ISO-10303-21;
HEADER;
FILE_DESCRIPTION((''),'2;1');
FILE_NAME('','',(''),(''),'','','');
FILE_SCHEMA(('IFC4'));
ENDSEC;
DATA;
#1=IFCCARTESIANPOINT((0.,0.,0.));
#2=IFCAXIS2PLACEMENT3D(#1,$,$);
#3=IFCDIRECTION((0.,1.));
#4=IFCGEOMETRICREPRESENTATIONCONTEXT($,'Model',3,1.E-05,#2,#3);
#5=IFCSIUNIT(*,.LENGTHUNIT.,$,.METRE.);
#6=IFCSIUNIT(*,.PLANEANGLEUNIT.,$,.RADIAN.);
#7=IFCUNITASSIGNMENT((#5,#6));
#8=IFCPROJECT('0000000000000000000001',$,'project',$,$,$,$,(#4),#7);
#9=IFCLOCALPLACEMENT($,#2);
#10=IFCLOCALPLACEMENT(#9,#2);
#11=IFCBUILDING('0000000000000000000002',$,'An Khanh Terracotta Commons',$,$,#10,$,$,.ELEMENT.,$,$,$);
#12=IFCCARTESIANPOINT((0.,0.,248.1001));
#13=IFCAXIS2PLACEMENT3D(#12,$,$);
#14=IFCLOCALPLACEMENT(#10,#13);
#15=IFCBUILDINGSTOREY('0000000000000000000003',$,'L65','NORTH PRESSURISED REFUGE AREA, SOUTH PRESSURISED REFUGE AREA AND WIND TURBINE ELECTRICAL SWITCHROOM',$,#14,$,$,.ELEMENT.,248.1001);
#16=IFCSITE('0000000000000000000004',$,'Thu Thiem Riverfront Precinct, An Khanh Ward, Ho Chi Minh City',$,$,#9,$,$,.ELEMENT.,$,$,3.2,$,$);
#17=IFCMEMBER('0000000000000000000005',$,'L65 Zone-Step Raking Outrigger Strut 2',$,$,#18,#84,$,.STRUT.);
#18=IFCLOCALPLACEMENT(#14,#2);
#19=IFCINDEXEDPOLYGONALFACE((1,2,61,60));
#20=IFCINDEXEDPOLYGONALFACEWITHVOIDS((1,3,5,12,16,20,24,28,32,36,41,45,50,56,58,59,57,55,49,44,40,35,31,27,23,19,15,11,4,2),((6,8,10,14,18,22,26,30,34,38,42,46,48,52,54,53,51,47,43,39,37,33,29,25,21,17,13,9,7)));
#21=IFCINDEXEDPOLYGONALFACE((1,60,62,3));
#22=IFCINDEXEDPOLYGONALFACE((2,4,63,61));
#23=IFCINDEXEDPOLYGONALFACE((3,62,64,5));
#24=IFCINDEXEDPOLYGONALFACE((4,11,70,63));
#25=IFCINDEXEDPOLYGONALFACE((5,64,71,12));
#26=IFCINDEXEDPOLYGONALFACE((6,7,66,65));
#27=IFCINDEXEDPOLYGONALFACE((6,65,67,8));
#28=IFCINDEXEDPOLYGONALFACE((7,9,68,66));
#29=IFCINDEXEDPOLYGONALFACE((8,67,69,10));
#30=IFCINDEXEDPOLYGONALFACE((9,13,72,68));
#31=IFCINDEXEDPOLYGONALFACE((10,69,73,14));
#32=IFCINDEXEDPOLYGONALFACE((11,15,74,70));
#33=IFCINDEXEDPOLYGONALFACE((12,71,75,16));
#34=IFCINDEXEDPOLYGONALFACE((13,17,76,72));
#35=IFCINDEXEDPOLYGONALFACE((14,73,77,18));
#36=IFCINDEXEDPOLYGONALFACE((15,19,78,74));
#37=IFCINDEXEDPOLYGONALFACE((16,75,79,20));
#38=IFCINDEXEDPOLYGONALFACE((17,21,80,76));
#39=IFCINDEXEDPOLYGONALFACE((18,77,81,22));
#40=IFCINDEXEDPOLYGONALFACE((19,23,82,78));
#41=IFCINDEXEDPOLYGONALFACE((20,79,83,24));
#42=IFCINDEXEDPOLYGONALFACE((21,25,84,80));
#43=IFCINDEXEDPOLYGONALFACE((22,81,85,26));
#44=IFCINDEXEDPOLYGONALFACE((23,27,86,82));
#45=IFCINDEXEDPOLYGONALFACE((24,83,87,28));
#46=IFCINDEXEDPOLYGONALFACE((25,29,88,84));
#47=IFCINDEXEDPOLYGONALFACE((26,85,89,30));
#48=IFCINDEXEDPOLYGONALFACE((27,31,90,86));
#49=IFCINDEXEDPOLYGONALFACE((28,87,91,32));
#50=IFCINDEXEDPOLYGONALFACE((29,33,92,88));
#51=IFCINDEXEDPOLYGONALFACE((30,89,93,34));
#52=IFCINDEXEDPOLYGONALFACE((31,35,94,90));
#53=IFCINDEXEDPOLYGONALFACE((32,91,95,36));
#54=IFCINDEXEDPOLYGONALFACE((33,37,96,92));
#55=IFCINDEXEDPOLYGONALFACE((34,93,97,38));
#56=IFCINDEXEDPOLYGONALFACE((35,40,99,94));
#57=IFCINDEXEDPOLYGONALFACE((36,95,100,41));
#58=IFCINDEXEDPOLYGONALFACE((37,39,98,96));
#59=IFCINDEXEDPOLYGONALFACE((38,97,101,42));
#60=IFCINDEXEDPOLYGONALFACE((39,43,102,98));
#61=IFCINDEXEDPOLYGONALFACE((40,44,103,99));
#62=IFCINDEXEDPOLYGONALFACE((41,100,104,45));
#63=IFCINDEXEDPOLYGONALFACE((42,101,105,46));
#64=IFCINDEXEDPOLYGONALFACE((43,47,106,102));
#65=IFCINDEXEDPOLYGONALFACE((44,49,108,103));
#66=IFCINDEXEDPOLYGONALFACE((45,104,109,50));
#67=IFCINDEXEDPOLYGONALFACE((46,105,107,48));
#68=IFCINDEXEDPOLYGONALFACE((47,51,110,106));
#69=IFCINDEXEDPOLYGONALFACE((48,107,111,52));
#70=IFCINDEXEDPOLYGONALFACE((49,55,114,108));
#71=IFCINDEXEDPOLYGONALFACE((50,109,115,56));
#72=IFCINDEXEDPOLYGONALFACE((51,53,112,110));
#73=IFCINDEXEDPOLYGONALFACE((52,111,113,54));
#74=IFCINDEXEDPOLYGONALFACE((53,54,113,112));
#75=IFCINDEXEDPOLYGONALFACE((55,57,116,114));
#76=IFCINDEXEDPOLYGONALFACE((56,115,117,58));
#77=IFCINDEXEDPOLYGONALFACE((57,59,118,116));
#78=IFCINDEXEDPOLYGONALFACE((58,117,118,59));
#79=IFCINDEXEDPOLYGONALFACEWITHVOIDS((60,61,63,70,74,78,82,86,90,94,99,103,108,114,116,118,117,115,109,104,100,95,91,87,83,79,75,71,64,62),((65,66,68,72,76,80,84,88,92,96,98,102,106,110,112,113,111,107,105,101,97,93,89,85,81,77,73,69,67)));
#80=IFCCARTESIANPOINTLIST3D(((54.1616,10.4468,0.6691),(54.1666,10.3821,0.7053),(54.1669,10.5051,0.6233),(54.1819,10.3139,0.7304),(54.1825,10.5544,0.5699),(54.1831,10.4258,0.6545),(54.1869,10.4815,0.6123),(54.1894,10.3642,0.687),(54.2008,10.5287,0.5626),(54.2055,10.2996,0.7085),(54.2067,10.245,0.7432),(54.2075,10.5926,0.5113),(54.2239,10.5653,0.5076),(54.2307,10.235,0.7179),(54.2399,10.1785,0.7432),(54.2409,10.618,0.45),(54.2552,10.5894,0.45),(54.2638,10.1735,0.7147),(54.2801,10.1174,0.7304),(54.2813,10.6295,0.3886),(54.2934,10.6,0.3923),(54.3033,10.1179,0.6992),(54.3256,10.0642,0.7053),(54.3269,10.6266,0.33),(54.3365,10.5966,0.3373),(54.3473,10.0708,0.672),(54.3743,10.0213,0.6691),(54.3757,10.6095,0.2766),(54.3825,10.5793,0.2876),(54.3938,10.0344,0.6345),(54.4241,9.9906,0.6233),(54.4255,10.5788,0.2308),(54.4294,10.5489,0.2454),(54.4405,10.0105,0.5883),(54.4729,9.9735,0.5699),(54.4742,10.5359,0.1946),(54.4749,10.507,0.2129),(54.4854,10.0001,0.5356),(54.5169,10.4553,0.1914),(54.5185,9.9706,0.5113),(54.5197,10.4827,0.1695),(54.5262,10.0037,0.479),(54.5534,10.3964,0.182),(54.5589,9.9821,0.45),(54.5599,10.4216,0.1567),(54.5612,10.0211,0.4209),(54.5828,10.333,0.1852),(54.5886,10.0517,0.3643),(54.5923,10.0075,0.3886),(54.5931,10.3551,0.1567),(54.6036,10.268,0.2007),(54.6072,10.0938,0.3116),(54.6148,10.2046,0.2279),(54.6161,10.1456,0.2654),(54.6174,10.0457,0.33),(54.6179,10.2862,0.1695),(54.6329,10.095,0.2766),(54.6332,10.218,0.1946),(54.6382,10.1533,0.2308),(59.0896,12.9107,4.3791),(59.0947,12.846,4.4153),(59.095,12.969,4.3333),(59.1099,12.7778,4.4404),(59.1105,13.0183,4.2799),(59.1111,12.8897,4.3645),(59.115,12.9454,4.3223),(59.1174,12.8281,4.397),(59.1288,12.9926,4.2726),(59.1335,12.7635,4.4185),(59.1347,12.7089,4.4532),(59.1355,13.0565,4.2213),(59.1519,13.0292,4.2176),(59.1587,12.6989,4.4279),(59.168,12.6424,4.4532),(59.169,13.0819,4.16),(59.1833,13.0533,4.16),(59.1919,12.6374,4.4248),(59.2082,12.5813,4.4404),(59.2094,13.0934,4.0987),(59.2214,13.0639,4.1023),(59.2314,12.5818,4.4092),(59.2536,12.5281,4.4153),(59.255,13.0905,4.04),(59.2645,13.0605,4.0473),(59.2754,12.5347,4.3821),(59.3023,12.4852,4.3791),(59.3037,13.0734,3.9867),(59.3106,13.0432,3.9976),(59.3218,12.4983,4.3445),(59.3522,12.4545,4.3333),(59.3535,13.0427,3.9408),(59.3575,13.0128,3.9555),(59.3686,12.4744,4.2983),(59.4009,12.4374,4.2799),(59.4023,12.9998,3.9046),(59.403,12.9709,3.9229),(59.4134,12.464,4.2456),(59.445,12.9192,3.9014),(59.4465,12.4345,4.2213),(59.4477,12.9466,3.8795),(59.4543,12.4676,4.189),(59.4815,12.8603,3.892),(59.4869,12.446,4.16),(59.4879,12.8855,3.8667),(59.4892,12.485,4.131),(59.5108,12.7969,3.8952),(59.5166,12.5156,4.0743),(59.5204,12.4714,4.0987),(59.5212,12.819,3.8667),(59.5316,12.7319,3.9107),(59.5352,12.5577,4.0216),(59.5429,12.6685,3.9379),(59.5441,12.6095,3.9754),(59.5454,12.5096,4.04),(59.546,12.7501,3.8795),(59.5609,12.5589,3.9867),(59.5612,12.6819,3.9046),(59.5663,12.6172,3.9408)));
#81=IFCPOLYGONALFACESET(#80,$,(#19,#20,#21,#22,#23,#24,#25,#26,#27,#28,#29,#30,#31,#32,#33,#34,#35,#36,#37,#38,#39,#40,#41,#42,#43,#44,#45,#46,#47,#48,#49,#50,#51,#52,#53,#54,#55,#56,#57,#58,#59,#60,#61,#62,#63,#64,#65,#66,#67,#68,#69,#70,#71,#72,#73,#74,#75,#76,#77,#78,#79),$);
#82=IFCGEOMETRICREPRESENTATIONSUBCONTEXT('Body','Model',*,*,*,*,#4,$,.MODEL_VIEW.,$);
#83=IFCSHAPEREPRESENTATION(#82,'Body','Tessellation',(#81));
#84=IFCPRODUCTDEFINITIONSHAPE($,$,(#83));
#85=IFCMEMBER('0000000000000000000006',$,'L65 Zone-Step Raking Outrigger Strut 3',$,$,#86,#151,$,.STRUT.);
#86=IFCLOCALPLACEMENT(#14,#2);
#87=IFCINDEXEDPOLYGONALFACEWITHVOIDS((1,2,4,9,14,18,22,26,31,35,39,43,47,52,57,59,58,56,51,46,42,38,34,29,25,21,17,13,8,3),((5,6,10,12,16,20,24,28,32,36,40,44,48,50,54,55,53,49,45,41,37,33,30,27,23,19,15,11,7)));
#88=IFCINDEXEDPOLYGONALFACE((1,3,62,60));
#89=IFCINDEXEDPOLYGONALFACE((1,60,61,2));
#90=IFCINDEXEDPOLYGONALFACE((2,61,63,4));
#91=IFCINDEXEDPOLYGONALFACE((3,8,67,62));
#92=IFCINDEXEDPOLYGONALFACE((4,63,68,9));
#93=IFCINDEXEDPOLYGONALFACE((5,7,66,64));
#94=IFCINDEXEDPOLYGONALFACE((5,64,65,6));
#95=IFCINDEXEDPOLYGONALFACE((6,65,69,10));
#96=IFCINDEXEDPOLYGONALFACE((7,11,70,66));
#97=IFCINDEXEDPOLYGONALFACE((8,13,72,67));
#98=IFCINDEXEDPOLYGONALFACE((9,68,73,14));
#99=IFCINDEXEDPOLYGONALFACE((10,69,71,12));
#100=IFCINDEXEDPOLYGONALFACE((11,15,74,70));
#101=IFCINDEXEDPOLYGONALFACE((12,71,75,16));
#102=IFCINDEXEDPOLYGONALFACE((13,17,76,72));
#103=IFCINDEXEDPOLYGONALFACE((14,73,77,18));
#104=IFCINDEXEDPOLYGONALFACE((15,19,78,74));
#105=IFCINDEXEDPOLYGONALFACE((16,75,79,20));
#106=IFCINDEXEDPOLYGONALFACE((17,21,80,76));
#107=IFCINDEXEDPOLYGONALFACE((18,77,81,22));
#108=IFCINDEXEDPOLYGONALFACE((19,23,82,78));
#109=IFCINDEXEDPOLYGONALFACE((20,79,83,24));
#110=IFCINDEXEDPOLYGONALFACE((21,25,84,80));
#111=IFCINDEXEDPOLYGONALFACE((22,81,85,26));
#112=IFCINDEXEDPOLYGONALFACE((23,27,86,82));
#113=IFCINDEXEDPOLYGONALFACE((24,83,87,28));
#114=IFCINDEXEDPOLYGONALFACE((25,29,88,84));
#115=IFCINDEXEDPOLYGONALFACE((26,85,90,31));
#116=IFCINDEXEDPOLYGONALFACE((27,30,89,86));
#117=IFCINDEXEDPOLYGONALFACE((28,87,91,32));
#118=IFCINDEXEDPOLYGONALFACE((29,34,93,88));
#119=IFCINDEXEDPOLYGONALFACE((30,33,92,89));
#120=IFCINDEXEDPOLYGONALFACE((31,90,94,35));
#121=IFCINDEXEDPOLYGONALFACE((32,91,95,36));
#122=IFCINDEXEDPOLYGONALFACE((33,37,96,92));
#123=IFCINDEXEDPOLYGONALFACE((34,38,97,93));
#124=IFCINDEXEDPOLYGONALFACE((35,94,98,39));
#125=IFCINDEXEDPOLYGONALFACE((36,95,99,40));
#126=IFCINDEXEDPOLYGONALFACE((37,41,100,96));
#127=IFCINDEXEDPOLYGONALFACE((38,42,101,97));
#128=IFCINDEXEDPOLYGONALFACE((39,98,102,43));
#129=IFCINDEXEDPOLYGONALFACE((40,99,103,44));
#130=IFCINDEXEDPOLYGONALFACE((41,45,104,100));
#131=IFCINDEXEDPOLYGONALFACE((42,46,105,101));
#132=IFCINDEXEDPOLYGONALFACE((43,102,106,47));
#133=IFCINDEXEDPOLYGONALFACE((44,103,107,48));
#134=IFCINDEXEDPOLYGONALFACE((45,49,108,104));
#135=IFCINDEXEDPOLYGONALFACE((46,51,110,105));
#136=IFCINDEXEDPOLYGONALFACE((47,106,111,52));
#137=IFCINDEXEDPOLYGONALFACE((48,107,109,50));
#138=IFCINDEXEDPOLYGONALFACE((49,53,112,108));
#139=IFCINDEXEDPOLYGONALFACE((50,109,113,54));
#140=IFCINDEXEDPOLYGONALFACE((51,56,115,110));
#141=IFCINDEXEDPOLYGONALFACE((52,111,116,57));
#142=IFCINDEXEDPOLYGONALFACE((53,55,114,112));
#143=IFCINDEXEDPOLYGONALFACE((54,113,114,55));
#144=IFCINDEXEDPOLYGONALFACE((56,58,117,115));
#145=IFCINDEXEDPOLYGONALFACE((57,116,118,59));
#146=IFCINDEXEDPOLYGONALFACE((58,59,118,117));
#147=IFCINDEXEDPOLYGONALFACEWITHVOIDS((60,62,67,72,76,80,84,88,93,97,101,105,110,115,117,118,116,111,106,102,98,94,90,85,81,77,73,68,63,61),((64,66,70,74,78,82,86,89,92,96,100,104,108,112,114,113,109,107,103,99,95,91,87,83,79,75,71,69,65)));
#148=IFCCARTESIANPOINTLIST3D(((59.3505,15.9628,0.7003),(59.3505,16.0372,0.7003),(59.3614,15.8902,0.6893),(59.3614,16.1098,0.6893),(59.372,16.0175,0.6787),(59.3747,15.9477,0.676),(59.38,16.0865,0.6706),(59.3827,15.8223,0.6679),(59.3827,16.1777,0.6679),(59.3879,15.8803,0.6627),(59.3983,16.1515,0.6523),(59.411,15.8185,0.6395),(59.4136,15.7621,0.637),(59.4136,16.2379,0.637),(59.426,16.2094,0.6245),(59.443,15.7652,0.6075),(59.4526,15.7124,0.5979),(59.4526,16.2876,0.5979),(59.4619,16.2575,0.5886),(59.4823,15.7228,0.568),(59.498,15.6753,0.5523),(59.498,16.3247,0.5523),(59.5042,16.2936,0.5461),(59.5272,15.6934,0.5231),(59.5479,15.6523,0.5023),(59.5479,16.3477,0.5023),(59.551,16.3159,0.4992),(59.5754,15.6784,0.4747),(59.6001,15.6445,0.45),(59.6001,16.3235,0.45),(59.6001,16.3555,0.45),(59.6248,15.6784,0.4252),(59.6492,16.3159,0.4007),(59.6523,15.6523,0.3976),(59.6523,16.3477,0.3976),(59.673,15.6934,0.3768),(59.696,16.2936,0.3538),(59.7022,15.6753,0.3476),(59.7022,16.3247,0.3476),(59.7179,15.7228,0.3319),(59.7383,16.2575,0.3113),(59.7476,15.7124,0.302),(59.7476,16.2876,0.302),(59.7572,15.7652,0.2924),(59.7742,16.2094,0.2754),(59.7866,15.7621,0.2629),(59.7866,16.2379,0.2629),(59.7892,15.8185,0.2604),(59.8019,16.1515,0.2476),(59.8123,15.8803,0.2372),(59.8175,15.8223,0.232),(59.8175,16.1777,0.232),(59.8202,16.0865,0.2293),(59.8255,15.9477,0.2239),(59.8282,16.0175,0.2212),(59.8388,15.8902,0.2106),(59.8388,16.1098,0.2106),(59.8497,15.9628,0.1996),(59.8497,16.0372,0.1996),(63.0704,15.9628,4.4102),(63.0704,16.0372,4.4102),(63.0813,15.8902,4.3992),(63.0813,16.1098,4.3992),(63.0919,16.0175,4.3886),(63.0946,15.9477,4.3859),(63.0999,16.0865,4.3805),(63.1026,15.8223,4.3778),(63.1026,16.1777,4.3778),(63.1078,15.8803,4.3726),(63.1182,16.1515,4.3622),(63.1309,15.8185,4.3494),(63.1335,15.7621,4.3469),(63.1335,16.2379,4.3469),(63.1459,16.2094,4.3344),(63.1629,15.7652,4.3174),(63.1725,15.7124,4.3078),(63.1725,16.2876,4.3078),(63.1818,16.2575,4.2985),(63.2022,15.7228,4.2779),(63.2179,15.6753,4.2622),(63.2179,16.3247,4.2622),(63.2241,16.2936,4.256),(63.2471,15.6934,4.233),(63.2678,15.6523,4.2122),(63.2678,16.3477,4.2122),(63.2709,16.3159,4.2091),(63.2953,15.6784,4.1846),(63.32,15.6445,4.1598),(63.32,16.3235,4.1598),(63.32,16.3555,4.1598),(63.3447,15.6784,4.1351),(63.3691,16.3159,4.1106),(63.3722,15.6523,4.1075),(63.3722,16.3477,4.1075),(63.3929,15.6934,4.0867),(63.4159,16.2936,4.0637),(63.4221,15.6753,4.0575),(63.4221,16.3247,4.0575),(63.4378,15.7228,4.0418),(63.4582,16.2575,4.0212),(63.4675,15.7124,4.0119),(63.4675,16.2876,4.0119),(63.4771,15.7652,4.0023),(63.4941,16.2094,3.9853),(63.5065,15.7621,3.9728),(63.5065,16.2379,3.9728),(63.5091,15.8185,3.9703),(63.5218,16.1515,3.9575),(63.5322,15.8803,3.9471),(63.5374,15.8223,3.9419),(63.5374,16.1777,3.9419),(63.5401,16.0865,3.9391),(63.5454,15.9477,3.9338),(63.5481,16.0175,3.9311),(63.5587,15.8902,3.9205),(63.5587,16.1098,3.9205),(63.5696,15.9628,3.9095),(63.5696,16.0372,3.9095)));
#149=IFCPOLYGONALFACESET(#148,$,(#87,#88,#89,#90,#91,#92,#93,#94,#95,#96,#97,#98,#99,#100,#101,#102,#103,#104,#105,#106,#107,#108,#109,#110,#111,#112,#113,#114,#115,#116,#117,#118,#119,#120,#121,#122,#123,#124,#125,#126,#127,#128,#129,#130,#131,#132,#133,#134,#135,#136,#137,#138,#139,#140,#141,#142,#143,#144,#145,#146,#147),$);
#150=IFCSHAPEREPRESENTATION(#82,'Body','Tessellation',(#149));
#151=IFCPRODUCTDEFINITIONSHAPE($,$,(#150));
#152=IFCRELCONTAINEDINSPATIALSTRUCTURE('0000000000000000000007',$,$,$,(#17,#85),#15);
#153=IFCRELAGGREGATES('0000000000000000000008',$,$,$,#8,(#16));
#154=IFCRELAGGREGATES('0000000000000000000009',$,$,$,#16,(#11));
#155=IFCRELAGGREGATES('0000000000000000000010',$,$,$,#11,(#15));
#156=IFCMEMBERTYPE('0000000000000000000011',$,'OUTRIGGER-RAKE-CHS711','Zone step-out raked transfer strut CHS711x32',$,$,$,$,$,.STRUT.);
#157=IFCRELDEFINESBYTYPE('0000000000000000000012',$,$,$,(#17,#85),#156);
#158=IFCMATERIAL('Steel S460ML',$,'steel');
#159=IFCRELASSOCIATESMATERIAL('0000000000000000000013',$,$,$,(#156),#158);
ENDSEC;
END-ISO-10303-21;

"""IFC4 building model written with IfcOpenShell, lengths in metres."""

from ifc_helpers import new_model, si_unit, direction, frame, origin, origin_2d, place, context, subcontext, project, spatial, hollow_circle, extrude, material, material_profile, profile_set, type_object, element, save


model = new_model("IFC4")

# Units and contexts
model_context = context("Model", 3, precision=1e-05, world=origin(), true_north=direction((0.0, 1.0)))
body_context = subcontext(model_context, "Body", "Model", "MODEL_VIEW")
ifc_project = project(units=[si_unit("LENGTHUNIT", "METRE"), si_unit("PLANEANGLEUNIT", "RADIAN")], contexts=[model_context])

# Site, building, storey
site_placement = place(None, origin())
site = spatial("IfcSite", under=ifc_project, at=site_placement, Name="Thu Thiem Riverfront Precinct, An Khanh Ward, Ho Chi Minh City", CompositionType="ELEMENT", RefElevation=3.2)
building_placement = place(site_placement, origin())
building = spatial("IfcBuilding", under=site, at=building_placement, Name="An Khanh Terracotta Commons", CompositionType="ELEMENT")
storey_placement = place(building_placement, frame((0.0, 0.0, 248.1001)))
storey = spatial("IfcBuildingStorey", under=building, at=storey_placement, Name="L65", Description="NORTH PRESSURISED REFUGE AREA, SOUTH PRESSURISED REFUGE AREA AND WIND TURBINE ELECTRICAL SWITCHROOM", CompositionType="ELEMENT", Elevation=248.1001)

# Shared definitions
ifc_material_1 = material(Name="Steel S460ML", Category="steel")

# Members
ifc_material_profile_1 = material_profile(ifc_material_1, hollow_circle(Radius=0.3555, WallThickness=0.032, at=origin_2d()), Name="CHS711x32")
ifc_profile_set_1 = profile_set([ifc_material_profile_1], Name="Steel S460ML")
member_type_1 = type_object("IfcMemberType", Name="OUTRIGGER-RAKE-CHS711", Description="Zone step-out raked transfer strut CHS711x32", PredefinedType="STRUT", material=ifc_profile_set_1)
member_1_placement = place(storey_placement, frame((54.3999, 10.3, 0.45), z_axis=(0.741915, 0.370939, 0.55854), x_axis=(-0.447196, 0.894436, 0.0)))
element("IfcMember", 1, at=member_1_placement, inside=storey, type_object=member_type_1, Name="L65 Zone-Step Raking Outrigger Strut 2", PredefinedType="STRUT", context=body_context, shape_type="SweptSolid", body=[
    extrude(hollow_circle(Radius=0.3555, WallThickness=0.032, at=origin_2d()), origin(), (0.0, 0.0, 1.0), 6.6423),
])
member_2_placement = place(storey_placement, frame((59.6001, 16.0, 0.45), z_axis=(0.708059, 0.0, 0.706154), x_axis=(0.0, 1.0, 0.0)))
element("IfcMember", 2, at=member_2_placement, inside=storey, type_object=member_type_1, Name="L65 Zone-Step Raking Outrigger Strut 3", PredefinedType="STRUT", context=body_context, shape_type="SweptSolid", body=[
    extrude(hollow_circle(Radius=0.3555, WallThickness=0.032, at=origin_2d()), origin(), (0.0, 0.0, 1.0), 5.2537),
])

save(model, "model.ifc")
